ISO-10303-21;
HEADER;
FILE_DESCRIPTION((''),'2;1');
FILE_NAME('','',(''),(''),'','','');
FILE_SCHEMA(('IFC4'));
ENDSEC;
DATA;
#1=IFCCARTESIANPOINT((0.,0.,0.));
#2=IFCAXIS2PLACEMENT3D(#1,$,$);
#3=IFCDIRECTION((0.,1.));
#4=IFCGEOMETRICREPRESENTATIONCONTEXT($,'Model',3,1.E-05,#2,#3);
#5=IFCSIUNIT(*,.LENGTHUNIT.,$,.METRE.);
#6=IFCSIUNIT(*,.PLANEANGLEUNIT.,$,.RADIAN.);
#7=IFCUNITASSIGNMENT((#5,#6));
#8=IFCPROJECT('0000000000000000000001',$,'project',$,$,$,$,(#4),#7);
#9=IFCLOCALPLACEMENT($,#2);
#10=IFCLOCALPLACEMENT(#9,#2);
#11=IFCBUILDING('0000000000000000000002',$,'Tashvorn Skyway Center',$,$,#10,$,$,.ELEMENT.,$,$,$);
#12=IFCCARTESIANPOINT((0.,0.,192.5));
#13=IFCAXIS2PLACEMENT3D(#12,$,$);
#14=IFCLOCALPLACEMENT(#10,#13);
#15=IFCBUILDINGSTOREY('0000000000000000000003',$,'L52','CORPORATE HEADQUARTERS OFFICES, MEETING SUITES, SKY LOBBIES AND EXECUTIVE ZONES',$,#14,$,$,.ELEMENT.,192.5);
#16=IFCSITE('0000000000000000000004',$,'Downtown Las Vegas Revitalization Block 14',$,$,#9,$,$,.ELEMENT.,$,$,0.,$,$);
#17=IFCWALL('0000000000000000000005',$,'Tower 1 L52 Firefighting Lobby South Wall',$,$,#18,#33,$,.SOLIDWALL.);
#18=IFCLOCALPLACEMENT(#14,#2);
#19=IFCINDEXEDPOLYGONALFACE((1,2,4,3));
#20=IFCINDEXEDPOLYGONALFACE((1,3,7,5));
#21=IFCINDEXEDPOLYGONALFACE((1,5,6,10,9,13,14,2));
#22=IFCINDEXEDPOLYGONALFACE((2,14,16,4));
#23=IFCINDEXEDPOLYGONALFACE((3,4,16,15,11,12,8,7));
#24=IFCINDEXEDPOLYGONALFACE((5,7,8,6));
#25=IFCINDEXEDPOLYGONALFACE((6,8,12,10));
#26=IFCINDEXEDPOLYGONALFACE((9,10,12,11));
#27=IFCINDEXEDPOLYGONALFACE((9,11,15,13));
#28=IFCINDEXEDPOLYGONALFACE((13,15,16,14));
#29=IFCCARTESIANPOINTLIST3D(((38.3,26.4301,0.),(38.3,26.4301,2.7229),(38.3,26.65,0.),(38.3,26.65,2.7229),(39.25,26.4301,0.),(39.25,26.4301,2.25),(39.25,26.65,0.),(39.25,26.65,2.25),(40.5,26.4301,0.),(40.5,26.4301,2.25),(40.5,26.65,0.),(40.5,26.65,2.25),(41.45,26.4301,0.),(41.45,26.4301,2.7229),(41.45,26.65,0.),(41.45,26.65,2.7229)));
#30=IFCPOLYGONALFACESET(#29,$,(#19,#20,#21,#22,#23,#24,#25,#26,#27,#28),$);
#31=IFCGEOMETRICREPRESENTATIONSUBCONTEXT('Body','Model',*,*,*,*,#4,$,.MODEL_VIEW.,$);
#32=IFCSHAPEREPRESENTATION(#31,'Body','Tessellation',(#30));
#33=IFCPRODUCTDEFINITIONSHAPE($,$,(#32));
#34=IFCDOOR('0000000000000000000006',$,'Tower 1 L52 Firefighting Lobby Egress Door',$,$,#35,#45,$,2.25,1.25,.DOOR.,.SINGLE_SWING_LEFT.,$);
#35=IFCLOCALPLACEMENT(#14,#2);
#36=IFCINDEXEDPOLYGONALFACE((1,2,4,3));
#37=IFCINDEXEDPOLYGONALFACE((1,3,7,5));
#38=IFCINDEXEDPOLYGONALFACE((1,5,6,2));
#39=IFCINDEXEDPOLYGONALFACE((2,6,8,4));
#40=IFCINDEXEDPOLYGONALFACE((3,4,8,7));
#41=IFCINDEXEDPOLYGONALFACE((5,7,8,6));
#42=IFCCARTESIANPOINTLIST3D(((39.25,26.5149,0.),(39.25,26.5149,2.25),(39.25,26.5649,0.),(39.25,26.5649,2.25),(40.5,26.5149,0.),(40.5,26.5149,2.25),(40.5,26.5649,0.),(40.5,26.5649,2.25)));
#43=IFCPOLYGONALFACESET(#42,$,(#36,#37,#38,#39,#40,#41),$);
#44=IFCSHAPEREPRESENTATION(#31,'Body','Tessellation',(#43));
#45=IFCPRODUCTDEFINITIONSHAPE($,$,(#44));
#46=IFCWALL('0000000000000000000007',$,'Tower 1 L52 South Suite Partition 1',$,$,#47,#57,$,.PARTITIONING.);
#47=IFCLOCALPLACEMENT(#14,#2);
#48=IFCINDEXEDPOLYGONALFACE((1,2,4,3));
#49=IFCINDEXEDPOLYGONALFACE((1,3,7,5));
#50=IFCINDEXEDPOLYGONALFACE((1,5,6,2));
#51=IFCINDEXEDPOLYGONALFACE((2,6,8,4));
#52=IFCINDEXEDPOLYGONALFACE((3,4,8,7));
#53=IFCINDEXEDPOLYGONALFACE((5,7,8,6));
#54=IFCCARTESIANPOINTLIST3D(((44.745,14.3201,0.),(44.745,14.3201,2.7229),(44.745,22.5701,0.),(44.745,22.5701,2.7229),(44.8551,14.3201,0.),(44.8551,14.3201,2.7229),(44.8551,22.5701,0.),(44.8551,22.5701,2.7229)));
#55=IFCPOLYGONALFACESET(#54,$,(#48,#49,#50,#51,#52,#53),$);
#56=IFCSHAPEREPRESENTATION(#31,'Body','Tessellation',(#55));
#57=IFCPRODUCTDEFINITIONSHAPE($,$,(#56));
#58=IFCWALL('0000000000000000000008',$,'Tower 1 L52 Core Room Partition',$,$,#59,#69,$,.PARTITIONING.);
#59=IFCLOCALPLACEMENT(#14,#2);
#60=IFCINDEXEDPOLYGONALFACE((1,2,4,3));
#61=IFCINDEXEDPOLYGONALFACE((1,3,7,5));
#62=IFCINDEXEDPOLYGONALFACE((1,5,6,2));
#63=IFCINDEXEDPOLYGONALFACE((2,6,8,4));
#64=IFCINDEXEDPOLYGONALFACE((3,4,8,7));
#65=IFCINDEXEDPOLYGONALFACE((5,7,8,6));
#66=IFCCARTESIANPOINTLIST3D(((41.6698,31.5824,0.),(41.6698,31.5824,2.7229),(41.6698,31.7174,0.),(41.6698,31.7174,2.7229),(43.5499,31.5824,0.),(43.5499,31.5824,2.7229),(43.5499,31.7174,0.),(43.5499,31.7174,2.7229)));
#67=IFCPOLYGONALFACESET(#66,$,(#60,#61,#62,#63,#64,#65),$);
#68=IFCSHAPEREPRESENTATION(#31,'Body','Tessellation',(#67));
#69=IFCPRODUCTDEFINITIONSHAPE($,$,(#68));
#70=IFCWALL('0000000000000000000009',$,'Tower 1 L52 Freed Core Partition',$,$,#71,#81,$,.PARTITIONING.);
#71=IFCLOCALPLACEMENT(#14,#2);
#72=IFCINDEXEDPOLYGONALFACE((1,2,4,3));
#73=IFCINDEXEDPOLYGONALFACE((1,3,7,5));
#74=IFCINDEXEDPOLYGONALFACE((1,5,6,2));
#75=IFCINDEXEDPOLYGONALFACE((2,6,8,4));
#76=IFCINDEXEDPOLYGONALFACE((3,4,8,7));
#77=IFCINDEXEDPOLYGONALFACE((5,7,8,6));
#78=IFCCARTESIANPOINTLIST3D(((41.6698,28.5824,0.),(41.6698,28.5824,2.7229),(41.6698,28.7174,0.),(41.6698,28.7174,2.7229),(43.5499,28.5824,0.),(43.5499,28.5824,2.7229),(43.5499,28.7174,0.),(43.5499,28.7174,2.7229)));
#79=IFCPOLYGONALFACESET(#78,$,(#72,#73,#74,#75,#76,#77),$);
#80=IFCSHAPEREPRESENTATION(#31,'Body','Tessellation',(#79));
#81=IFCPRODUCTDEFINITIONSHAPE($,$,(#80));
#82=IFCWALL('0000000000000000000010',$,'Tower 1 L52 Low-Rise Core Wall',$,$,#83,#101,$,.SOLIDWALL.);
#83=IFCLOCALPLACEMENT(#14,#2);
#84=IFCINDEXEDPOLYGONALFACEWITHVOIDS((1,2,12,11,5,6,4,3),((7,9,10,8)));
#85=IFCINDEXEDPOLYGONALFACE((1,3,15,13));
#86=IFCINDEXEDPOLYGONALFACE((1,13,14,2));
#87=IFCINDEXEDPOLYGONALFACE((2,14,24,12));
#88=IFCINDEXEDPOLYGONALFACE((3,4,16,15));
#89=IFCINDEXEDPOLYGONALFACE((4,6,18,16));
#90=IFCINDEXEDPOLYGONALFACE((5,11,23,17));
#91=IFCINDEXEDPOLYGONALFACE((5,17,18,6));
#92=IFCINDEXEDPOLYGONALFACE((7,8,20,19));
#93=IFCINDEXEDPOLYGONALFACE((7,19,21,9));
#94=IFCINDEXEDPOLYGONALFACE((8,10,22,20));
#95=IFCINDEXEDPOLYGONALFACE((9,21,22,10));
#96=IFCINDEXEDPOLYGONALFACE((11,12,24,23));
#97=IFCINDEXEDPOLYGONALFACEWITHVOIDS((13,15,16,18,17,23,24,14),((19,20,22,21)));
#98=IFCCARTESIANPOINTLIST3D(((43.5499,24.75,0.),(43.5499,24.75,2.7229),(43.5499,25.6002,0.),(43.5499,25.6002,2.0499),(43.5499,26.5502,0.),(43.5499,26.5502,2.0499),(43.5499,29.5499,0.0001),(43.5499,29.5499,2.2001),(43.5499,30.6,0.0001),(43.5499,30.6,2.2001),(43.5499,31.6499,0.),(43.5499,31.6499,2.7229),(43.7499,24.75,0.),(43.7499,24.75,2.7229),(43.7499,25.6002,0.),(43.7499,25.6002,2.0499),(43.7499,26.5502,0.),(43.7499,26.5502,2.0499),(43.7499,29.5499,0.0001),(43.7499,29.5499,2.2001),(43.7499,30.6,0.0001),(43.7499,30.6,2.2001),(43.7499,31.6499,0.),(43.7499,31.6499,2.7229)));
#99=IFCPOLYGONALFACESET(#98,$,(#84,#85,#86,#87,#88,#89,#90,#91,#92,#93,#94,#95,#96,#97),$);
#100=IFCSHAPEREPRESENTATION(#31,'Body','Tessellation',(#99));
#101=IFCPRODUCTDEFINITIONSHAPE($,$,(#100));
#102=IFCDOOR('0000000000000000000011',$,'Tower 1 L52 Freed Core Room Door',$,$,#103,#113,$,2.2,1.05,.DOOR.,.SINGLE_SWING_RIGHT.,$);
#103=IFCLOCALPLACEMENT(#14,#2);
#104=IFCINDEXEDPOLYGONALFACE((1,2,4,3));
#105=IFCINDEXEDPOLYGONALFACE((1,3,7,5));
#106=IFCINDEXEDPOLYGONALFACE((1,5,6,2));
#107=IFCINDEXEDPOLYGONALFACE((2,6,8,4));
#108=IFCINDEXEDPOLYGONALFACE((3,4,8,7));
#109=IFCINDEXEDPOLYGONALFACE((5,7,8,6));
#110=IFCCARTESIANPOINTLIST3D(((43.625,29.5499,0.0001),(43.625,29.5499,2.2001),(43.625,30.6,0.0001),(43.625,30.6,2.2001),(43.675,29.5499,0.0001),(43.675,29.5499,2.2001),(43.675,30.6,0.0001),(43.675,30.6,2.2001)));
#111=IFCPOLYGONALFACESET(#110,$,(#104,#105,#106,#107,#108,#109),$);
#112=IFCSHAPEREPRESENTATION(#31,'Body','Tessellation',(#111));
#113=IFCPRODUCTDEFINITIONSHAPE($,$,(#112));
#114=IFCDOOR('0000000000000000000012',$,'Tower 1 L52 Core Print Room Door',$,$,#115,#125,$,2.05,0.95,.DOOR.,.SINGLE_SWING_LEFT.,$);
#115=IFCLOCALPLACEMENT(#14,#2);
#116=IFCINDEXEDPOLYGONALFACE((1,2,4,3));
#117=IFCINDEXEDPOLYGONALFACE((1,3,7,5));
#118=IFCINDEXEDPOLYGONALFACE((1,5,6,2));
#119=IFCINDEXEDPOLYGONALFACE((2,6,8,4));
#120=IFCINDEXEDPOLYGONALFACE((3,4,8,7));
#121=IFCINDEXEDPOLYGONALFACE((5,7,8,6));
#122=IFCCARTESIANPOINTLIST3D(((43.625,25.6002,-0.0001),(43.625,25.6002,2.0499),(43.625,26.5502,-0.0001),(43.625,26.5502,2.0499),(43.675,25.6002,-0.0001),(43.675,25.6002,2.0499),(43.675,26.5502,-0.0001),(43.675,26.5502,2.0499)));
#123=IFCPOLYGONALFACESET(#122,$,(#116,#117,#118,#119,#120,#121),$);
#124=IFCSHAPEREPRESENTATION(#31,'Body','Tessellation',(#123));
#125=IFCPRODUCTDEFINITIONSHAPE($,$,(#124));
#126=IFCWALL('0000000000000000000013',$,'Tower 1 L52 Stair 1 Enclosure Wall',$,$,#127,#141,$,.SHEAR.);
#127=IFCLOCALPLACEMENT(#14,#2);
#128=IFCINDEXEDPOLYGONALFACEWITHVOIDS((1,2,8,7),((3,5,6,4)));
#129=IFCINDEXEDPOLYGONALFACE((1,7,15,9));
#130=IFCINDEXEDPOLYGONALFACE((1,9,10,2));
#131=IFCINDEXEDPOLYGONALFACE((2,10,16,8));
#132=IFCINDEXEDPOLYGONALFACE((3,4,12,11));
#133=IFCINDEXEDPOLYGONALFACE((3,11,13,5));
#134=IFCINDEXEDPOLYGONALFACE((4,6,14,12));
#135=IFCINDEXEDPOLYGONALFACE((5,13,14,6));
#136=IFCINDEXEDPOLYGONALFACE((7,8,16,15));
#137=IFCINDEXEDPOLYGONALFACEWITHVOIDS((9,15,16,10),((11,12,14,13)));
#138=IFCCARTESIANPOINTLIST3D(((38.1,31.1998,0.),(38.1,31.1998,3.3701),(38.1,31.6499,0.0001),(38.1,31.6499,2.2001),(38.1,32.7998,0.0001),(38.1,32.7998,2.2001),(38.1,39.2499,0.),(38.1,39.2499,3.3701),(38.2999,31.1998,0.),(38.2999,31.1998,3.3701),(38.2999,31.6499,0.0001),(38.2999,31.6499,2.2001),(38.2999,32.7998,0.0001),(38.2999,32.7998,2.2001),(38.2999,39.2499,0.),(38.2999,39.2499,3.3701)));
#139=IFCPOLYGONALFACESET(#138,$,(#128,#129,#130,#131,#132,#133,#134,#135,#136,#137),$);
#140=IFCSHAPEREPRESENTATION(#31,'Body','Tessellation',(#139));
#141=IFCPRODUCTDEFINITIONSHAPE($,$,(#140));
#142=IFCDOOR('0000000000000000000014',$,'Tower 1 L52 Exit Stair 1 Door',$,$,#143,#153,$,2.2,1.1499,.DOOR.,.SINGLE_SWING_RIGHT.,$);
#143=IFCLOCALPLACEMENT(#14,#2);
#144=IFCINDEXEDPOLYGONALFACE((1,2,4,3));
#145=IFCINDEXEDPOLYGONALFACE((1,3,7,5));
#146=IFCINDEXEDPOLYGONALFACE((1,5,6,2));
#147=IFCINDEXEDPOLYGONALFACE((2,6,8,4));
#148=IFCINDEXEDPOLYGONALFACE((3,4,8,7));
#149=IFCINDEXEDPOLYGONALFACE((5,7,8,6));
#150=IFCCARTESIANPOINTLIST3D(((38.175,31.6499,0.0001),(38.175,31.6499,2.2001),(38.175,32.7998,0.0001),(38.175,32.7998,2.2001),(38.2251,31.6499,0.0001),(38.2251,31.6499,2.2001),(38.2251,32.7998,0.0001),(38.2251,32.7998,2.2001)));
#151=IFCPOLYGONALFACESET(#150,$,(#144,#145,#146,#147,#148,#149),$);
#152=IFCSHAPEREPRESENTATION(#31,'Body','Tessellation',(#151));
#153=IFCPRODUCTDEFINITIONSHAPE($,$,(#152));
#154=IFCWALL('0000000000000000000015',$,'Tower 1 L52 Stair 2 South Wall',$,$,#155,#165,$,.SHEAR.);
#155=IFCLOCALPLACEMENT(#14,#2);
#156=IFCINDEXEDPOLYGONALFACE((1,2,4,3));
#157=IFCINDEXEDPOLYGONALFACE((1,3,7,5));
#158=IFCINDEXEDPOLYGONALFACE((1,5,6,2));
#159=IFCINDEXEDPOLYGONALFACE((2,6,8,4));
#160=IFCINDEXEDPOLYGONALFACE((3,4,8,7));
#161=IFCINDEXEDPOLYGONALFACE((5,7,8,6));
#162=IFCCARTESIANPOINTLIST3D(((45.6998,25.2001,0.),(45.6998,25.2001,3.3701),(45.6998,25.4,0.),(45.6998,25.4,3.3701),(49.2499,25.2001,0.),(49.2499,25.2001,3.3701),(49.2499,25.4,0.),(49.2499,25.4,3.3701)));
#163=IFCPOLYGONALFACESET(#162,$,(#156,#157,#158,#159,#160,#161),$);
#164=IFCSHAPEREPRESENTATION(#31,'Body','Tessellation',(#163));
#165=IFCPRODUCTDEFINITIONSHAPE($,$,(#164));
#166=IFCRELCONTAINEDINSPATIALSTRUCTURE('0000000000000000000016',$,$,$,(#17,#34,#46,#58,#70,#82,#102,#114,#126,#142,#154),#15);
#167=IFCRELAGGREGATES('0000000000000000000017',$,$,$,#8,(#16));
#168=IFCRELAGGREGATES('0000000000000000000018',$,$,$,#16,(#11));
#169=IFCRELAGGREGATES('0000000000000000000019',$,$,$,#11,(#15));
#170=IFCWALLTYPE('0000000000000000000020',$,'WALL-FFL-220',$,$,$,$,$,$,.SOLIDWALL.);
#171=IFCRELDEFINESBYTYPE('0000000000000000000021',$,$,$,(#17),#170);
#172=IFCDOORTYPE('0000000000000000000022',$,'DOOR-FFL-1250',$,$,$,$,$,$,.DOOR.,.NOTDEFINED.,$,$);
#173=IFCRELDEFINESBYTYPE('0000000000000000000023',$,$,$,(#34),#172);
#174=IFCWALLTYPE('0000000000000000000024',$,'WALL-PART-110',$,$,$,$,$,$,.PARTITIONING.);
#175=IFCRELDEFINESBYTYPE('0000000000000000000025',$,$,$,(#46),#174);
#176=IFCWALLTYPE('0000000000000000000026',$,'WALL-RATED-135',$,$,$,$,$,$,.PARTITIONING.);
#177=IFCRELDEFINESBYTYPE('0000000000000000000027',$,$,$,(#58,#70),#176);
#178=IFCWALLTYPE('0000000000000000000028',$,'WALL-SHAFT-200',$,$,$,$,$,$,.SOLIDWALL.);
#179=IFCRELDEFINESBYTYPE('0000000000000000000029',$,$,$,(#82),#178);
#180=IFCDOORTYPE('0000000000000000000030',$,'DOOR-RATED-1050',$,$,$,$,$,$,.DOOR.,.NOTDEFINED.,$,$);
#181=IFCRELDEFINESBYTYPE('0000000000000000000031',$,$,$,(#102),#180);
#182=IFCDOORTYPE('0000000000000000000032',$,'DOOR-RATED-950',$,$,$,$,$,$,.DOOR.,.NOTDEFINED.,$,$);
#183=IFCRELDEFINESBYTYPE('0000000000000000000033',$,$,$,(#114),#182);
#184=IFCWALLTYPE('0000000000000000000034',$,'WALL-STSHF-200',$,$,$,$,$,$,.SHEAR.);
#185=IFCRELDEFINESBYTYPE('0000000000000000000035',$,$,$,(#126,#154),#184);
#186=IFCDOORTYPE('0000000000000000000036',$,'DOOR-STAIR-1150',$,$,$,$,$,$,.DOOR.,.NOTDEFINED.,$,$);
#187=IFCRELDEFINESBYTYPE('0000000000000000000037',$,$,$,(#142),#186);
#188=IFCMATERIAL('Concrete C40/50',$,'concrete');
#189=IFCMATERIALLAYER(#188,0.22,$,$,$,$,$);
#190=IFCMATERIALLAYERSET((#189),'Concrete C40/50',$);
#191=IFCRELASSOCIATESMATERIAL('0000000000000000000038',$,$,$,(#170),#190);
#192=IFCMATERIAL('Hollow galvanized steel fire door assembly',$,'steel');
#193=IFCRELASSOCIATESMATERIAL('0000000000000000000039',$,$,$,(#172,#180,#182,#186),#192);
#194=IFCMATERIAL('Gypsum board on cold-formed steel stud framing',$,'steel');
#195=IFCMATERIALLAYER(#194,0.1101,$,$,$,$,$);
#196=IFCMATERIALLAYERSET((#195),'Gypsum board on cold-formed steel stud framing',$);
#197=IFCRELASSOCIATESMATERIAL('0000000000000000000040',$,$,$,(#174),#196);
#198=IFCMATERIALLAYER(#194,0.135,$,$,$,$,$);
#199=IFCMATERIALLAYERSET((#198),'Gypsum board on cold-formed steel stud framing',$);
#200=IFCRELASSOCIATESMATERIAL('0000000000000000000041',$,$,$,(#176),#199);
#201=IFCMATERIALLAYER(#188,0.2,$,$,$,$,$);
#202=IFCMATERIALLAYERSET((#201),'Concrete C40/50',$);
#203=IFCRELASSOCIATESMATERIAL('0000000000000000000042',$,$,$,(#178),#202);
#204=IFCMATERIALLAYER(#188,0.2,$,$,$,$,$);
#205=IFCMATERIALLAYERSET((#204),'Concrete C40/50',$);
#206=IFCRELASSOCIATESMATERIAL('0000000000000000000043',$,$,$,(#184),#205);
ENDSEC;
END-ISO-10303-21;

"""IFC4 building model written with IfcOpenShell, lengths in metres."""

from ifc_helpers import new_model, si_unit, direction, frame, frame_2d, origin, place, context, subcontext, project, spatial, rectangle, extrude, material, layer, layer_set, type_object, element, fill, save


model = new_model("IFC4")

# Units and contexts
model_context = context("Model", 3, precision=1e-05, world=origin(), true_north=direction((0.0, 1.0)))
body_context = subcontext(model_context, "Body", "Model", "MODEL_VIEW")
ifc_project = project(units=[si_unit("LENGTHUNIT", "METRE"), si_unit("PLANEANGLEUNIT", "RADIAN")], contexts=[model_context])

# Site, building, storey
site_placement = place(None, origin())
site = spatial("IfcSite", under=ifc_project, at=site_placement, Name="Downtown Las Vegas Revitalization Block 14", CompositionType="ELEMENT", RefElevation=0.0)
building_placement = place(site_placement, origin())
building = spatial("IfcBuilding", under=site, at=building_placement, Name="Tashvorn Skyway Center", CompositionType="ELEMENT")
storey_placement = place(building_placement, frame((0.0, 0.0, 192.5)))
storey = spatial("IfcBuildingStorey", under=building, at=storey_placement, Name="L52", Description="CORPORATE HEADQUARTERS OFFICES, MEETING SUITES, SKY LOBBIES AND EXECUTIVE ZONES", CompositionType="ELEMENT", Elevation=192.5)

# Wall, opening, door
ifc_material_1 = material(Name="Concrete C40/50", Category="concrete")
ifc_layer_1 = layer(ifc_material_1, 0.22)
ifc_layer_set_1 = layer_set([ifc_layer_1], Name="Concrete C40/50")
wall_type_1 = type_object("IfcWallType", Name="WALL-FFL-220", PredefinedType="SOLIDWALL", material=ifc_layer_set_1)
wall_1_placement = place(storey_placement, frame((38.3, 26.54, 0.0), z_axis=(0.0, 0.0, 1.0), x_axis=(1.0, 0.0, 0.0)))
wall_1 = element("IfcWall", 1, at=wall_1_placement, inside=storey, type_object=wall_type_1, Name="Tower 1 L52 Firefighting Lobby South Wall", PredefinedType="SOLIDWALL", context=body_context, shape_type="SweptSolid", body=[
    extrude(rectangle(XDim=3.1499, YDim=0.22, at=frame_2d((1.575, 0.0))), origin(), (0.0, 0.0, 1.0), 2.7229),
])
opening_1_placement = place(wall_1_placement, frame((0.95, 0.0, 0.0)))
opening_1 = element("IfcOpeningElement", 2, at=opening_1_placement, cuts=wall_1, PredefinedType="OPENING", context=body_context, shape_type="SweptSolid", body=[
    extrude(rectangle(XDim=1.25, YDim=2.25, at=frame_2d((0.625, 1.125))), frame((0.0, 0.1199, 0.0), z_axis=(0.0, -1.0, 0.0), x_axis=(1.0, 0.0, 0.0)), (0.0, 0.0, 1.0), 0.24),
])
ifc_material_2 = material(Name="Hollow galvanized steel fire door assembly", Category="steel")
door_type_1 = type_object("IfcDoorType", Name="DOOR-FFL-1250", OperationType="NOTDEFINED", PredefinedType="DOOR", material=ifc_material_2)
door_1_placement = place(opening_1_placement, origin())
door_1 = element("IfcDoor", 3, at=door_1_placement, inside=storey, type_object=door_type_1, Name="Tower 1 L52 Firefighting Lobby Egress Door", OperationType="SINGLE_SWING_LEFT", OverallHeight=2.25, OverallWidth=1.25, PredefinedType="DOOR", context=body_context, shape_type="SweptSolid", body=[
    extrude(rectangle(XDim=1.25, YDim=2.25, at=frame_2d((0.625, 1.125))), frame((0.0, 0.0249, 0.0), z_axis=(0.0, -1.0, 0.0), x_axis=(1.0, 0.0, 0.0)), (0.0, 0.0, 1.0), 0.05),
])
fill(opening_1, door_1)

# Walls
ifc_material_3 = material(Name="Gypsum board on cold-formed steel stud framing", Category="steel")
ifc_layer_2 = layer(ifc_material_3, 0.1101)
ifc_layer_set_2 = layer_set([ifc_layer_2], Name="Gypsum board on cold-formed steel stud framing")
wall_type_2 = type_object("IfcWallType", Name="WALL-PART-110", PredefinedType="PARTITIONING", material=ifc_layer_set_2)
wall_2_placement = place(storey_placement, frame((44.8, 14.3201, 0.0), z_axis=(0.0, 0.0, 1.0), x_axis=(0.0, 1.0, 0.0)))
element("IfcWall", 4, at=wall_2_placement, inside=storey, type_object=wall_type_2, Name="Tower 1 L52 South Suite Partition 1", PredefinedType="PARTITIONING", context=body_context, shape_type="SweptSolid", body=[
    extrude(rectangle(XDim=8.25, YDim=0.1101, at=frame_2d((4.125, 0.0))), origin(), (0.0, 0.0, 1.0), 2.7229),
])
ifc_layer_3 = layer(ifc_material_3, 0.135)
ifc_layer_set_3 = layer_set([ifc_layer_3], Name="Gypsum board on cold-formed steel stud framing")
wall_type_3 = type_object("IfcWallType", Name="WALL-RATED-135", PredefinedType="PARTITIONING", material=ifc_layer_set_3)
for number, where, z_axis, x_axis, name in (
    (5, (41.6699, 31.6499, 0.0), (0.0, 0.0, 1.0), (1.0, 0.0, 0.0), "Tower 1 L52 Core Room Partition"),
    (6, (41.6699, 28.6499, 0.0), (0.0, 0.0, 1.0), (1.0, 0.0, 0.0), "Tower 1 L52 Freed Core Partition"),
):
    element("IfcWall", number, at=place(storey_placement, frame(where, z_axis=z_axis, x_axis=x_axis)), inside=storey, type_object=wall_type_3, Name=name, PredefinedType="PARTITIONING", context=body_context, shape_type="SweptSolid", body=[
        extrude(rectangle(XDim=1.8801, YDim=0.135, at=frame_2d((0.9399, 0.0))), origin(), (0.0, 0.0, 1.0), 2.7229),
    ])

# Wall, openings, doors
ifc_layer_4 = layer(ifc_material_1, 0.2)
ifc_layer_set_4 = layer_set([ifc_layer_4], Name="Concrete C40/50")
wall_type_4 = type_object("IfcWallType", Name="WALL-SHAFT-200", PredefinedType="SOLIDWALL", material=ifc_layer_set_4)
wall_3_placement = place(storey_placement, frame((43.6499, 24.75, 0.0), z_axis=(0.0, 0.0, 1.0), x_axis=(0.0, 1.0, 0.0)))
wall_3 = element("IfcWall", 7, at=wall_3_placement, inside=storey, type_object=wall_type_4, Name="Tower 1 L52 Low-Rise Core Wall", PredefinedType="SOLIDWALL", context=body_context, shape_type="SweptSolid", body=[
    extrude(rectangle(XDim=6.8999, YDim=0.2, at=frame_2d((3.45, 0.0))), origin(), (0.0, 0.0, 1.0), 2.7229),
])
opening_2_placement = place(wall_3_placement, frame((0.8501, 0.0, 0.0)))
opening_2 = element("IfcOpeningElement", 8, at=opening_2_placement, cuts=wall_3, PredefinedType="OPENING", context=body_context, shape_type="SweptSolid", body=[
    extrude(rectangle(XDim=0.95, YDim=2.05, at=frame_2d((0.4751, 1.0249))), frame((0.0, 0.1099, 0.0), z_axis=(0.0, -1.0, 0.0), x_axis=(1.0, 0.0, 0.0)), (0.0, 0.0, 1.0), 0.22),
])
opening_3_placement = place(wall_3_placement, frame((4.8, 0.0, 0.0)))
opening_3 = element("IfcOpeningElement", 9, at=opening_3_placement, cuts=wall_3, PredefinedType="OPENING", context=body_context, shape_type="SweptSolid", body=[
    extrude(rectangle(XDim=1.05, YDim=2.2, at=frame_2d((0.5249, 1.1001))), frame((0.0, 0.1099, 0.0), z_axis=(0.0, -1.0, 0.0), x_axis=(1.0, 0.0, 0.0)), (0.0, 0.0, 1.0), 0.22),
])
door_type_2 = type_object("IfcDoorType", Name="DOOR-RATED-1050", OperationType="NOTDEFINED", PredefinedType="DOOR", material=ifc_material_2)
door_2_placement = place(opening_3_placement, origin())
door_2 = element("IfcDoor", 10, at=door_2_placement, inside=storey, type_object=door_type_2, Name="Tower 1 L52 Freed Core Room Door", OperationType="SINGLE_SWING_RIGHT", OverallHeight=2.2, OverallWidth=1.05, PredefinedType="DOOR", context=body_context, shape_type="SweptSolid", body=[
    extrude(rectangle(XDim=1.05, YDim=2.2, at=frame_2d((0.5249, 1.1001))), frame((0.0, 0.0249, 0.0), z_axis=(0.0, -1.0, 0.0), x_axis=(1.0, 0.0, 0.0)), (0.0, 0.0, 1.0), 0.05),
])
fill(opening_3, door_2)
door_type_3 = type_object("IfcDoorType", Name="DOOR-RATED-950", OperationType="NOTDEFINED", PredefinedType="DOOR", material=ifc_material_2)
door_3_placement = place(opening_2_placement, origin())
door_3 = element("IfcDoor", 11, at=door_3_placement, inside=storey, type_object=door_type_3, Name="Tower 1 L52 Core Print Room Door", OperationType="SINGLE_SWING_LEFT", OverallHeight=2.05, OverallWidth=0.95, PredefinedType="DOOR", context=body_context, shape_type="SweptSolid", body=[
    extrude(rectangle(XDim=0.95, YDim=2.05, at=frame_2d((0.4751, 1.0249))), frame((0.0, 0.0249, 0.0), z_axis=(0.0, -1.0, 0.0), x_axis=(1.0, 0.0, 0.0)), (0.0, 0.0, 1.0), 0.05),
])
fill(opening_2, door_3)

# Wall, opening, door
ifc_layer_5 = layer(ifc_material_1, 0.2)
ifc_layer_set_5 = layer_set([ifc_layer_5], Name="Concrete C40/50")
wall_type_5 = type_object("IfcWallType", Name="WALL-STSHF-200", PredefinedType="SHEAR", material=ifc_layer_set_5)
wall_4_placement = place(storey_placement, frame((38.2, 31.2, 0.0), z_axis=(0.0, 0.0, 1.0), x_axis=(0.0, 1.0, 0.0)))
wall_4 = element("IfcWall", 12, at=wall_4_placement, inside=storey, type_object=wall_type_5, Name="Tower 1 L52 Stair 1 Enclosure Wall", PredefinedType="SHEAR", context=body_context, shape_type="SweptSolid", body=[
    extrude(rectangle(XDim=8.05, YDim=0.2, at=frame_2d((4.0249, 0.0))), origin(), (0.0, 0.0, 1.0), 3.3701),
])
opening_4_placement = place(wall_4_placement, frame((0.45, 0.0, 0.0)))
opening_4 = element("IfcOpeningElement", 13, at=opening_4_placement, cuts=wall_4, PredefinedType="OPENING", context=body_context, shape_type="SweptSolid", body=[
    extrude(rectangle(XDim=1.1499, YDim=2.2, at=frame_2d((0.575, 1.1001))), frame((0.0, 0.1099, 0.0), z_axis=(0.0, -1.0, 0.0), x_axis=(1.0, 0.0, 0.0)), (0.0, 0.0, 1.0), 0.22),
])
door_type_4 = type_object("IfcDoorType", Name="DOOR-STAIR-1150", OperationType="NOTDEFINED", PredefinedType="DOOR", material=ifc_material_2)
door_4_placement = place(opening_4_placement, origin())
door_4 = element("IfcDoor", 14, at=door_4_placement, inside=storey, type_object=door_type_4, Name="Tower 1 L52 Exit Stair 1 Door", OperationType="SINGLE_SWING_RIGHT", OverallHeight=2.2, OverallWidth=1.1499, PredefinedType="DOOR", context=body_context, shape_type="SweptSolid", body=[
    extrude(rectangle(XDim=1.1499, YDim=2.2, at=frame_2d((0.575, 1.1001))), frame((0.0, 0.0249, 0.0), z_axis=(0.0, -1.0, 0.0), x_axis=(1.0, 0.0, 0.0)), (0.0, 0.0, 1.0), 0.05),
])
fill(opening_4, door_4)

# Wall
wall_5_placement = place(storey_placement, frame((45.7, 25.3, 0.0), z_axis=(0.0, 0.0, 1.0), x_axis=(1.0, 0.0, 0.0)))
element("IfcWall", 15, at=wall_5_placement, inside=storey, type_object=wall_type_5, Name="Tower 1 L52 Stair 2 South Wall", PredefinedType="SHEAR", context=body_context, shape_type="SweptSolid", body=[
    extrude(rectangle(XDim=3.55, YDim=0.2, at=frame_2d((1.7749, 0.0))), origin(), (0.0, 0.0, 1.0), 3.3701),
])

save(model, "model.ifc")
